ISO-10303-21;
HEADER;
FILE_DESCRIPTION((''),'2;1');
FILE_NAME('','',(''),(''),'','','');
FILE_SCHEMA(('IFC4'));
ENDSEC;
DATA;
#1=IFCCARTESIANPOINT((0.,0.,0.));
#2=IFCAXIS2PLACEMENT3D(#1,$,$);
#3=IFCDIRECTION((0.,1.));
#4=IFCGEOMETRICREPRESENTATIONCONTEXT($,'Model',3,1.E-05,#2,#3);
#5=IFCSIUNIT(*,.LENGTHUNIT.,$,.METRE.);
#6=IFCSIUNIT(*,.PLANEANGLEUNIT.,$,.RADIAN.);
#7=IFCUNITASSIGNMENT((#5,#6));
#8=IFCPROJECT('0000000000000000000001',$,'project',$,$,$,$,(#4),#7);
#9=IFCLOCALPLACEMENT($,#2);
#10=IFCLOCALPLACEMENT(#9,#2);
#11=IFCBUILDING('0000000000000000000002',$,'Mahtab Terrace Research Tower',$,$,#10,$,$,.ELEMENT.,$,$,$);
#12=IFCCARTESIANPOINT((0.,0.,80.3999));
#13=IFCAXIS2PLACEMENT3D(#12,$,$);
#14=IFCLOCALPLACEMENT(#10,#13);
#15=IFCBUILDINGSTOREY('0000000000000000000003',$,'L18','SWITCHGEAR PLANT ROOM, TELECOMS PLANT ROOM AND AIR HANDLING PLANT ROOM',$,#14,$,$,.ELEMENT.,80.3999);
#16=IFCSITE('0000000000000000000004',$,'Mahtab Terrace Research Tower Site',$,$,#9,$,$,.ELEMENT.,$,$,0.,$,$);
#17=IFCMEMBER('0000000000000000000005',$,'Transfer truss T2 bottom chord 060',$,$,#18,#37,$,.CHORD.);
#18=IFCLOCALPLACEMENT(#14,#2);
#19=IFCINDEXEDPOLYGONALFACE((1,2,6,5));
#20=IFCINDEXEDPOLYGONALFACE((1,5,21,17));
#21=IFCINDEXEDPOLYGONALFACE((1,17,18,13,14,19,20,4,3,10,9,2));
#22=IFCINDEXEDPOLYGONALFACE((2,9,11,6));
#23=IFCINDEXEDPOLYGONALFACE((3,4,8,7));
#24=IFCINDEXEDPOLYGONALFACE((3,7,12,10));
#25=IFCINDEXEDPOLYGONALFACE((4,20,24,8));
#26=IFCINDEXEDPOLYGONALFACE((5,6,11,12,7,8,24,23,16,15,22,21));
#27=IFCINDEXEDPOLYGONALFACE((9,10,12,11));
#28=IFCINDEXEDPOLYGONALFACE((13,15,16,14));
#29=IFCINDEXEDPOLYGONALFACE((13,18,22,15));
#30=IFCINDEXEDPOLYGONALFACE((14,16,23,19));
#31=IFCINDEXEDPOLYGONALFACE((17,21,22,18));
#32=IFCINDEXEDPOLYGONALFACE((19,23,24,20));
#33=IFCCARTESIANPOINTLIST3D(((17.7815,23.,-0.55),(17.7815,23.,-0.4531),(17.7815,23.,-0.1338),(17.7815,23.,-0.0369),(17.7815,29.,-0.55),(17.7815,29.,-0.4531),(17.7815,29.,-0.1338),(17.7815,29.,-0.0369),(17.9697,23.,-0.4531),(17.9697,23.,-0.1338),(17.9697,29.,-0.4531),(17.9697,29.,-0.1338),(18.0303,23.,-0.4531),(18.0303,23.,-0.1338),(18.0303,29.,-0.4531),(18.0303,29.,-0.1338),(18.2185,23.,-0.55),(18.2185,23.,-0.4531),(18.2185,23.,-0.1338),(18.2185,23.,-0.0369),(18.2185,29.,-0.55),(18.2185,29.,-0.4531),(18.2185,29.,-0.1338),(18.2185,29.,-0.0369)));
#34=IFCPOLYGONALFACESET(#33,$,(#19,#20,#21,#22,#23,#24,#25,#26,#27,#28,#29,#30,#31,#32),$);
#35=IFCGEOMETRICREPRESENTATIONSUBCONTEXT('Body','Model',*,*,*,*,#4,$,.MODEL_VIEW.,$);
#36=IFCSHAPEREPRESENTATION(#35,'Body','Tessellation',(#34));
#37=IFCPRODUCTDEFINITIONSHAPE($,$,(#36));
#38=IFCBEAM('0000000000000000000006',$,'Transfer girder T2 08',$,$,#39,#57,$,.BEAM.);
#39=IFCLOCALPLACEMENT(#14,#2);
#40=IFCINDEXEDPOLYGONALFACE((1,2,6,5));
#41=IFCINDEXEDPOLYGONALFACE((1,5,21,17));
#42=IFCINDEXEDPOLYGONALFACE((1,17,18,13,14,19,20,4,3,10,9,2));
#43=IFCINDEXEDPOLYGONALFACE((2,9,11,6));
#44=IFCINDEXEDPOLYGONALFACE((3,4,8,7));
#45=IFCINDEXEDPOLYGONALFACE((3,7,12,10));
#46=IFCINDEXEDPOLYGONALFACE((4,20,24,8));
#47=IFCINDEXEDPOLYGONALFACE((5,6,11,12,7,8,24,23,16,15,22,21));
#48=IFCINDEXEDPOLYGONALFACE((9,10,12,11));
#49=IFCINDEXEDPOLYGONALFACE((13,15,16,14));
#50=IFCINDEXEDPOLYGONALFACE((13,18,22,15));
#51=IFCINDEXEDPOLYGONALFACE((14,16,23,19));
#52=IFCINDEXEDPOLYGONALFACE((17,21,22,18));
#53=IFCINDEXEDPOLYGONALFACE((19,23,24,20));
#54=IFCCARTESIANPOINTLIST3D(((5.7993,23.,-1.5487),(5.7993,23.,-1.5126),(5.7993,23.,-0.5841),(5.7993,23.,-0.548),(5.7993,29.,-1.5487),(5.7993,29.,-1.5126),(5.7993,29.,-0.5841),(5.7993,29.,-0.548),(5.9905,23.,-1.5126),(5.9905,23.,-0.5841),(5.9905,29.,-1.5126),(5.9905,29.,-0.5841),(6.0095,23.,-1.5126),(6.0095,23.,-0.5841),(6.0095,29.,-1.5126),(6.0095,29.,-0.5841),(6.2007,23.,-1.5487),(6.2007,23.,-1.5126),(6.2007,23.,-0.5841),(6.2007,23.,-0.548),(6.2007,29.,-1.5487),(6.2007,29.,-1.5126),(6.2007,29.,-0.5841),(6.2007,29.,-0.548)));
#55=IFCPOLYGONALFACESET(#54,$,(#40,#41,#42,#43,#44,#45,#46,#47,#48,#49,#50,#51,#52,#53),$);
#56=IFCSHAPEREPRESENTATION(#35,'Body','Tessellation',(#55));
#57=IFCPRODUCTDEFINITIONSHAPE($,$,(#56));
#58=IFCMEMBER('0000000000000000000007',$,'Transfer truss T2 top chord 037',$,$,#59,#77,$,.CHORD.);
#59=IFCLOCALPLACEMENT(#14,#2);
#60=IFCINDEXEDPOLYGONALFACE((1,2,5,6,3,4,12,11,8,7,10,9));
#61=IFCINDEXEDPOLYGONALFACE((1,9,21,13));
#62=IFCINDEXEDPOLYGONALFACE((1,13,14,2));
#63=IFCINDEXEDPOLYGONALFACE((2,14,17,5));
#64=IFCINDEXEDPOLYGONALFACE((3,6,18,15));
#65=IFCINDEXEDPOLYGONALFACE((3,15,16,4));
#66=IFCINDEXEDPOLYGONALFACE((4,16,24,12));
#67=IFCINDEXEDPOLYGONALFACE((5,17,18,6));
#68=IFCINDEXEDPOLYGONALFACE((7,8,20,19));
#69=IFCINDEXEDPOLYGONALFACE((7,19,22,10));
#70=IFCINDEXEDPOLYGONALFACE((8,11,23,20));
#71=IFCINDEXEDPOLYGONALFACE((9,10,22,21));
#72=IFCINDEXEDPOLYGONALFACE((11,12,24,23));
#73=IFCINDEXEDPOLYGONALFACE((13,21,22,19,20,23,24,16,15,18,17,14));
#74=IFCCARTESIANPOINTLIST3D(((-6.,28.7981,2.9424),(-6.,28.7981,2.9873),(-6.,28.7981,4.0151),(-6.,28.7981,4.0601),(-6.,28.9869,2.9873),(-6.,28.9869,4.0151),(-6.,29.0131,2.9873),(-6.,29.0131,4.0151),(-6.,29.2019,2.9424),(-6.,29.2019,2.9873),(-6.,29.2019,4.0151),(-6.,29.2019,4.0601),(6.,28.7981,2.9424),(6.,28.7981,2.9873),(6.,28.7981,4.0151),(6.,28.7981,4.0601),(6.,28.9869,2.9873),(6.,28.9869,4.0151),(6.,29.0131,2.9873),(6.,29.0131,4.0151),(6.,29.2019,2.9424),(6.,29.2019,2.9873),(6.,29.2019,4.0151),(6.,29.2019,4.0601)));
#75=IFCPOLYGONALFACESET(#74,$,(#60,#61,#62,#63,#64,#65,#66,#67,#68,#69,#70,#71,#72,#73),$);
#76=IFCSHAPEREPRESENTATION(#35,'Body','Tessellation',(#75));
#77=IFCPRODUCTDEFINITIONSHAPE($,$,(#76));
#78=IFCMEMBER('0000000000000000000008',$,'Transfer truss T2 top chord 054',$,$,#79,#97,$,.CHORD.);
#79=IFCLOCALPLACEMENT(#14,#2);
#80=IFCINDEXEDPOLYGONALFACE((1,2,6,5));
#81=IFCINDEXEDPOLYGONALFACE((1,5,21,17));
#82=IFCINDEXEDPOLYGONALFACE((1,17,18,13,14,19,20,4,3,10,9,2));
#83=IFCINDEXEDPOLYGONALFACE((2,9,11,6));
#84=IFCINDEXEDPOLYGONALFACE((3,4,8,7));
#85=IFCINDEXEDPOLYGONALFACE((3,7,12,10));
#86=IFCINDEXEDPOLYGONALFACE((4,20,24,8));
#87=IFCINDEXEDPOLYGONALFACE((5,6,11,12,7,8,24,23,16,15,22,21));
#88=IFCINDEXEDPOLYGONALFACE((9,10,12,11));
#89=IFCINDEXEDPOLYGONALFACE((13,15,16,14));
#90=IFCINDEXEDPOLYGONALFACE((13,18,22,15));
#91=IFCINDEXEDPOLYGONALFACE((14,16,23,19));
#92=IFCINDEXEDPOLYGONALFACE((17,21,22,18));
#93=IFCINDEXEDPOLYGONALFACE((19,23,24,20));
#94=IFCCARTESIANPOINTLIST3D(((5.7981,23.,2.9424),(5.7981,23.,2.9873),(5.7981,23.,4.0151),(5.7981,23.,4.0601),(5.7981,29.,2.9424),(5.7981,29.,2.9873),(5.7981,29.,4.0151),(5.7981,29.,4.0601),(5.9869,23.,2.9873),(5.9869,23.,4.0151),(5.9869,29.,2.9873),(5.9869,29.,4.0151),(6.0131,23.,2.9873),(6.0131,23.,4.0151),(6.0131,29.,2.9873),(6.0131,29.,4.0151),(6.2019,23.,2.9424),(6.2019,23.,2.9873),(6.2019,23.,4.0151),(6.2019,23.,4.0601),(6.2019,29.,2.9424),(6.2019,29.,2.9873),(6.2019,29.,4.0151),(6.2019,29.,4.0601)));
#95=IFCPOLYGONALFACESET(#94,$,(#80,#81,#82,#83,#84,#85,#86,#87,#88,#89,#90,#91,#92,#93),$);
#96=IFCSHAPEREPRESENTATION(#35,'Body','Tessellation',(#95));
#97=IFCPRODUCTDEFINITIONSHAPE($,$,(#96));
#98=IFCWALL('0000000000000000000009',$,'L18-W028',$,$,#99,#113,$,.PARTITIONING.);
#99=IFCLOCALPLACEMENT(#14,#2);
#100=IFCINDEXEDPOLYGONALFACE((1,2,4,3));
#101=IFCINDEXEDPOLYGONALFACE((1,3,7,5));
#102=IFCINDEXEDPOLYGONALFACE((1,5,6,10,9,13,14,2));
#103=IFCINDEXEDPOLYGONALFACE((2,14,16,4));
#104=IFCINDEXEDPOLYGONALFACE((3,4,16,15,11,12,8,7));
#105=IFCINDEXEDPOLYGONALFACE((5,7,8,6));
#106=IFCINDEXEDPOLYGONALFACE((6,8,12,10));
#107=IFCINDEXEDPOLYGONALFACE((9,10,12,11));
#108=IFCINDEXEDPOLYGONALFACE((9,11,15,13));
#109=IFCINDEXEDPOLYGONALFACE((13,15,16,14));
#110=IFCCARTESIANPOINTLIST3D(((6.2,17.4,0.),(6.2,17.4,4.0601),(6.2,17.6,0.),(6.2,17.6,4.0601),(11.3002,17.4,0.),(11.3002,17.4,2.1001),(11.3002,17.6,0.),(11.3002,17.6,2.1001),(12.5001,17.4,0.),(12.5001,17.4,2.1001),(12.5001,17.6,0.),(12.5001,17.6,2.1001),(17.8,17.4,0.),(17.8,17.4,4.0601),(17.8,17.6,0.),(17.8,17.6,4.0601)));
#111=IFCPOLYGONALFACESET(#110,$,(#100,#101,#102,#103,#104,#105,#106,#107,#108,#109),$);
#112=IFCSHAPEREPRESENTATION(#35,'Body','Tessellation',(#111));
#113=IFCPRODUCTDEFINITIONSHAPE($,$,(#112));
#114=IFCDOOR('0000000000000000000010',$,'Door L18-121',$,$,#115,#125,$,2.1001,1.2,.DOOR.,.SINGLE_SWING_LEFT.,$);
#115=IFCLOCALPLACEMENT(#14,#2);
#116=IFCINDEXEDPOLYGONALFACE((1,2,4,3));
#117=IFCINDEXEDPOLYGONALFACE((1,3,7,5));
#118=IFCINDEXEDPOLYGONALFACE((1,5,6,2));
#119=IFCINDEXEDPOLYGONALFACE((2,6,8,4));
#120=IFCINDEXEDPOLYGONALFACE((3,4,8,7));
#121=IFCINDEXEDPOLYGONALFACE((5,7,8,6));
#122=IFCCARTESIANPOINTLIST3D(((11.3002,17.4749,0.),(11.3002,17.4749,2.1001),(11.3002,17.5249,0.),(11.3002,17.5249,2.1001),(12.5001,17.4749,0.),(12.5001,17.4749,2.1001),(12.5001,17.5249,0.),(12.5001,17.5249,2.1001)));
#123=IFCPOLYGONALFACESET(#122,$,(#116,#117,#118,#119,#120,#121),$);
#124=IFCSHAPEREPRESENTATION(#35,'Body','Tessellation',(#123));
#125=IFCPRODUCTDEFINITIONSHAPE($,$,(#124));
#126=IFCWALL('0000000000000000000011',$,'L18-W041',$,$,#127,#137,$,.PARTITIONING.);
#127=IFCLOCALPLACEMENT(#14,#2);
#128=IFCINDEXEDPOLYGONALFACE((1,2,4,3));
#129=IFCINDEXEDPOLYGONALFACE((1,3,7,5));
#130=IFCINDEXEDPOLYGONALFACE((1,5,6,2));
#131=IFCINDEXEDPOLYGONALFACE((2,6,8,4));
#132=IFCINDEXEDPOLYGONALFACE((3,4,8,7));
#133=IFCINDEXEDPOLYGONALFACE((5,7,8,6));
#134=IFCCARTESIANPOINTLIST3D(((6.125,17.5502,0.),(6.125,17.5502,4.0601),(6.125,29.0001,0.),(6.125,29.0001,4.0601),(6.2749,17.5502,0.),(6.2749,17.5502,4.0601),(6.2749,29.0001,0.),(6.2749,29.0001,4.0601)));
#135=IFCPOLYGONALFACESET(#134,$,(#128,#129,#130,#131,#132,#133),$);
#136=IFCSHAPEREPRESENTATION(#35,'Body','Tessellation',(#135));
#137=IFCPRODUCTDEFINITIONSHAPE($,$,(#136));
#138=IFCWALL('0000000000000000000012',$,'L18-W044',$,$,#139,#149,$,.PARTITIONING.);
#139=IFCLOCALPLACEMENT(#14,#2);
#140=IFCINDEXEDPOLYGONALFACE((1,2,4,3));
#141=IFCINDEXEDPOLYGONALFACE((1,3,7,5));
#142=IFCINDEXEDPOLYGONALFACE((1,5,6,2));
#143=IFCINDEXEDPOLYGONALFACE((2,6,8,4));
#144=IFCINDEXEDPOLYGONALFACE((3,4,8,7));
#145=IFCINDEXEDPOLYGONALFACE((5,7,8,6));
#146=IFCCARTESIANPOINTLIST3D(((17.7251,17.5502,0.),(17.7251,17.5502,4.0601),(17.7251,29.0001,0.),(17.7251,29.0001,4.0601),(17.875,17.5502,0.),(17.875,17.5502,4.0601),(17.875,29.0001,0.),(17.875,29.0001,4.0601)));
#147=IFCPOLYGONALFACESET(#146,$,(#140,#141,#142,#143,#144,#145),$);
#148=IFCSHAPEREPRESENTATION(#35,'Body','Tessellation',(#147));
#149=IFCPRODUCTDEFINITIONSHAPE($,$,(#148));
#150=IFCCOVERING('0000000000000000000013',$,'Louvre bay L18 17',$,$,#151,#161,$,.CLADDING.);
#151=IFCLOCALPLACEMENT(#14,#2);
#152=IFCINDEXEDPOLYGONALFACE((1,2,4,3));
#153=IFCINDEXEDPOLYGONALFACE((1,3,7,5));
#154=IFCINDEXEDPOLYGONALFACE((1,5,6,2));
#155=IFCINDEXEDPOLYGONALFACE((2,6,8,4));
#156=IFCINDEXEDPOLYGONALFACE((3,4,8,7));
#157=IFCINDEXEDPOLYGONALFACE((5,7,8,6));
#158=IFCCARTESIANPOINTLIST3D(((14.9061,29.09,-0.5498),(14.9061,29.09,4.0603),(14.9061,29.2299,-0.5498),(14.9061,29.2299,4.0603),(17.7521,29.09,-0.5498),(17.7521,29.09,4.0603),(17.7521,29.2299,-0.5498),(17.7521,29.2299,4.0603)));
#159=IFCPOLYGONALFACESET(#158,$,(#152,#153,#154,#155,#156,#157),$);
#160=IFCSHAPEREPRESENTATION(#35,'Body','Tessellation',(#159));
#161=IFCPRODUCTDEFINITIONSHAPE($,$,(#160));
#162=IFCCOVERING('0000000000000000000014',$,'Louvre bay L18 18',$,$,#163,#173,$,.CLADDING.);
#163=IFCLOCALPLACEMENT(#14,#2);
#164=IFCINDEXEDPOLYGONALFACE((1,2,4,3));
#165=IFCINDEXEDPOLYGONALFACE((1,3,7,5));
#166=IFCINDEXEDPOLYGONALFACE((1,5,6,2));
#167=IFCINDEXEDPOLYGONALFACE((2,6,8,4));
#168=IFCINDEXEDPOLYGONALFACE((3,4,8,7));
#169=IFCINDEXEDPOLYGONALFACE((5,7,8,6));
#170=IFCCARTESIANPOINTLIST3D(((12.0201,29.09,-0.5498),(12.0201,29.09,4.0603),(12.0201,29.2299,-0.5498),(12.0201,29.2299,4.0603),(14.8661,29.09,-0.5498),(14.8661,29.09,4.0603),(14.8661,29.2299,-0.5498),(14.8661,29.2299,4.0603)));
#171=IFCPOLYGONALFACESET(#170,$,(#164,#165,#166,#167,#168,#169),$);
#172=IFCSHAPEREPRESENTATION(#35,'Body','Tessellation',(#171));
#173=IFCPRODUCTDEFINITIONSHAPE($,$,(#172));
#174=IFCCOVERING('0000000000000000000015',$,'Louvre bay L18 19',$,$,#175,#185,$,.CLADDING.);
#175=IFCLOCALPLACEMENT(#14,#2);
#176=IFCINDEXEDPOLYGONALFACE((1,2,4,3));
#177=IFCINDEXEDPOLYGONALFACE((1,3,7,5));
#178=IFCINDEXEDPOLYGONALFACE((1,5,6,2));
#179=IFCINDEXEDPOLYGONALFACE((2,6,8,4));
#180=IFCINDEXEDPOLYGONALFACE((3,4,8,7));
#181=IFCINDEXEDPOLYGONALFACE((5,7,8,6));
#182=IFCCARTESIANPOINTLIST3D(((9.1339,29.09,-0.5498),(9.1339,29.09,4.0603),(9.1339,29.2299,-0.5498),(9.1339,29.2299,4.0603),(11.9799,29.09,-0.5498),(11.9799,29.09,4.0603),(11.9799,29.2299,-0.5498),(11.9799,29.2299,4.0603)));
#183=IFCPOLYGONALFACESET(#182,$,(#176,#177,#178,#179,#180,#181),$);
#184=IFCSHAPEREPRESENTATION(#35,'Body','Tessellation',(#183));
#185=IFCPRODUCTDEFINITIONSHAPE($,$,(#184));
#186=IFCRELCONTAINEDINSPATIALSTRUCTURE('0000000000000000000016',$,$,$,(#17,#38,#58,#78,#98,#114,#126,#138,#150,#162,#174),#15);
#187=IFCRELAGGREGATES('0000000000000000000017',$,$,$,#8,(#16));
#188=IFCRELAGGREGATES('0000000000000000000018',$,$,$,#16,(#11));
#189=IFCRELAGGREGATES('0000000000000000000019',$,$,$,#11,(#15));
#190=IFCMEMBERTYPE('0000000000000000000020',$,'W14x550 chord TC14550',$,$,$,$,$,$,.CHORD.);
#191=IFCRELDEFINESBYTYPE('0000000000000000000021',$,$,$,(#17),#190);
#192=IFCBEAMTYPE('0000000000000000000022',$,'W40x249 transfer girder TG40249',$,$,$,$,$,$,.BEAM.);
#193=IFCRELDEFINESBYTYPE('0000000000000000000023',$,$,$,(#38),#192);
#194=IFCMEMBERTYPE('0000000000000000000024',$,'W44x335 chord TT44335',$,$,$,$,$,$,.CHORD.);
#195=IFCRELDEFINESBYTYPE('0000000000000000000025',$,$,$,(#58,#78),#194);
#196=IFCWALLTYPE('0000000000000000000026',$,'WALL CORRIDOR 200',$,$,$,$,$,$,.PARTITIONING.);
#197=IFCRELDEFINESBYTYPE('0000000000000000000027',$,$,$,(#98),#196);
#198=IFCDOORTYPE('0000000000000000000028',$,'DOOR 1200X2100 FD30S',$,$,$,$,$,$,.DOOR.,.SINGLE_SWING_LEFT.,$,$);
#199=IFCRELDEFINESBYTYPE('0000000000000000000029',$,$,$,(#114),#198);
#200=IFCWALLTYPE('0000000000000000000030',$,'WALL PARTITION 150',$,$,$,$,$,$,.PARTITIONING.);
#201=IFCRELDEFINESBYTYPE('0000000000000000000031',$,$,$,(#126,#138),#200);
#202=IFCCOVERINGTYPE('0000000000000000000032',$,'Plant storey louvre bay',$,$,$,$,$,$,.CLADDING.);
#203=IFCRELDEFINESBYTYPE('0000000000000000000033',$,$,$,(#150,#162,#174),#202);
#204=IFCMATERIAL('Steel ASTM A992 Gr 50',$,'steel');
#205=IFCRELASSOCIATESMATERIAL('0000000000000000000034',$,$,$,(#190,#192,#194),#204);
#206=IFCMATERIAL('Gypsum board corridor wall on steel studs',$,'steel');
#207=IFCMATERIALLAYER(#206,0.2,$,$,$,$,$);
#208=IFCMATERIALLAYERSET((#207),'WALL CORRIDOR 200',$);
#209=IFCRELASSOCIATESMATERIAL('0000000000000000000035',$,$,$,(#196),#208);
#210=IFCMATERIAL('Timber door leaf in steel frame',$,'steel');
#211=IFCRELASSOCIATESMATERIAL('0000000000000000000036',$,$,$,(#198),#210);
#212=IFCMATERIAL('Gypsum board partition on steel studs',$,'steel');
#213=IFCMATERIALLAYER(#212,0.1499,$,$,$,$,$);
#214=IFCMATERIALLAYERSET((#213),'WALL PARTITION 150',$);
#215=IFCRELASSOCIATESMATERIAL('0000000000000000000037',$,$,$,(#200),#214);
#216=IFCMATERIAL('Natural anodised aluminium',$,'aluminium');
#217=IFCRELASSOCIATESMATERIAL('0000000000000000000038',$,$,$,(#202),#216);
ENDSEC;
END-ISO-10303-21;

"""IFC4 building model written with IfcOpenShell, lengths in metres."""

from ifc_helpers import new_model, si_unit, direction, frame, frame_2d, origin, origin_2d, place, context, subcontext, project, spatial, rectangle, i_section, extrude, material, layer, layer_set, material_profile, profile_set, type_object, element, fill, save


model = new_model("IFC4")

# Units and contexts
model_context = context("Model", 3, precision=1e-05, world=origin(), true_north=direction((0.0, 1.0)))
body_context = subcontext(model_context, "Body", "Model", "MODEL_VIEW")
ifc_project = project(units=[si_unit("LENGTHUNIT", "METRE"), si_unit("PLANEANGLEUNIT", "RADIAN")], contexts=[model_context])

# Site, building, storey
site_placement = place(None, origin())
site = spatial("IfcSite", under=ifc_project, at=site_placement, Name="Mahtab Terrace Research Tower Site", CompositionType="ELEMENT", RefElevation=0.0)
building_placement = place(site_placement, origin())
building = spatial("IfcBuilding", under=site, at=building_placement, Name="Mahtab Terrace Research Tower", CompositionType="ELEMENT")
storey_placement = place(building_placement, frame((0.0, 0.0, 80.3999)))
storey = spatial("IfcBuildingStorey", under=building, at=storey_placement, Name="L18", Description="SWITCHGEAR PLANT ROOM, TELECOMS PLANT ROOM AND AIR HANDLING PLANT ROOM", CompositionType="ELEMENT", Elevation=80.3999)

# Member
ifc_material_1 = material(Name="Steel ASTM A992 Gr 50", Category="steel")
ifc_material_profile_1 = material_profile(ifc_material_1, i_section(OverallWidth=0.437, OverallDepth=0.5132, WebThickness=0.0605, FlangeThickness=0.0969, at=origin_2d()), Name="W14X550")
ifc_profile_set_1 = profile_set([ifc_material_profile_1], Name="Steel ASTM A992 Gr 50")
member_type_1 = type_object("IfcMemberType", Name="W14x550 chord TC14550", PredefinedType="CHORD", material=ifc_profile_set_1)
member_1_placement = place(storey_placement, frame((18.0, 23.0, -0.2935), z_axis=(0.0, 1.0, 0.0), x_axis=(-1.0, 0.0, 0.0)))
element("IfcMember", 1, at=member_1_placement, inside=storey, type_object=member_type_1, Name="Transfer truss T2 bottom chord 060", PredefinedType="CHORD", context=body_context, shape_type="SweptSolid", body=[
    extrude(i_section(OverallWidth=0.437, OverallDepth=0.5132, WebThickness=0.0605, FlangeThickness=0.0969, at=origin_2d()), origin(), (0.0, 0.0, 1.0), 6.0),
])

# Beam
ifc_material_profile_2 = material_profile(ifc_material_1, i_section(OverallWidth=0.4014, OverallDepth=1.0007, WebThickness=0.019, FlangeThickness=0.0361, at=origin_2d()), Name="W40X249")
ifc_profile_set_2 = profile_set([ifc_material_profile_2], Name="Steel ASTM A992 Gr 50")
beam_type = type_object("IfcBeamType", Name="W40x249 transfer girder TG40249", PredefinedType="BEAM", material=ifc_profile_set_2)
beam_placement = place(storey_placement, frame((6.0, 23.0, -1.0483), z_axis=(0.0, 1.0, 0.0), x_axis=(-1.0, 0.0, 0.0)))
element("IfcBeam", 2, at=beam_placement, inside=storey, type_object=beam_type, Name="Transfer girder T2 08", PredefinedType="BEAM", context=body_context, shape_type="SweptSolid", body=[
    extrude(i_section(OverallWidth=0.4014, OverallDepth=1.0007, WebThickness=0.019, FlangeThickness=0.0361, at=origin_2d()), origin(), (0.0, 0.0, 1.0), 6.0),
])

# Members
ifc_material_profile_3 = material_profile(ifc_material_1, i_section(OverallWidth=0.4038, OverallDepth=1.1177, WebThickness=0.0261, FlangeThickness=0.0449, at=origin_2d()), Name="W44X335")
ifc_profile_set_3 = profile_set([ifc_material_profile_3], Name="Steel ASTM A992 Gr 50")
member_type_2 = type_object("IfcMemberType", Name="W44x335 chord TT44335", PredefinedType="CHORD", material=ifc_profile_set_3)
member_2_placement = place(storey_placement, frame((6.0, 29.0, 3.5012), z_axis=(-1.0, 0.0, 0.0), x_axis=(0.0, -1.0, 0.0)))
element("IfcMember", 3, at=member_2_placement, inside=storey, type_object=member_type_2, Name="Transfer truss T2 top chord 037", PredefinedType="CHORD", context=body_context, shape_type="SweptSolid", body=[
    extrude(i_section(OverallWidth=0.4038, OverallDepth=1.1177, WebThickness=0.0261, FlangeThickness=0.0449, at=origin_2d()), origin(), (0.0, 0.0, 1.0), 12.0),
])
member_3_placement = place(storey_placement, frame((6.0, 23.0, 3.5012), z_axis=(0.0, 1.0, 0.0), x_axis=(-1.0, 0.0, 0.0)))
element("IfcMember", 4, at=member_3_placement, inside=storey, type_object=member_type_2, Name="Transfer truss T2 top chord 054", PredefinedType="CHORD", context=body_context, shape_type="SweptSolid", body=[
    extrude(i_section(OverallWidth=0.4038, OverallDepth=1.1177, WebThickness=0.0261, FlangeThickness=0.0449, at=origin_2d()), origin(), (0.0, 0.0, 1.0), 6.0),
])

# Wall, opening, door
ifc_material_2 = material(Name="Gypsum board corridor wall on steel studs", Category="steel")
ifc_layer_1 = layer(ifc_material_2, 0.2)
ifc_layer_set_1 = layer_set([ifc_layer_1], Name="WALL CORRIDOR 200")
wall_type_1 = type_object("IfcWallType", Name="WALL CORRIDOR 200", PredefinedType="PARTITIONING", material=ifc_layer_set_1)
wall_placement = place(storey_placement, frame((6.2, 17.5, 0.0), z_axis=(0.0, 0.0, 1.0), x_axis=(1.0, 0.0, 0.0)))
wall = element("IfcWall", 5, at=wall_placement, inside=storey, type_object=wall_type_1, Name="L18-W028", PredefinedType="PARTITIONING", context=body_context, shape_type="SweptSolid", body=[
    extrude(rectangle(XDim=11.6001, YDim=0.2, at=frame_2d((5.8, 0.0))), origin(), (0.0, 0.0, 1.0), 4.0601),
])
opening_placement = place(wall_placement, frame((5.1001, 0.0, 0.0)))
opening = element("IfcOpeningElement", 6, at=opening_placement, cuts=wall, PredefinedType="OPENING", context=body_context, shape_type="SweptSolid", body=[
    extrude(rectangle(XDim=1.2, YDim=2.1001, at=frame_2d((0.6001, 1.05))), frame((0.0, 0.1099, 0.0), z_axis=(0.0, -1.0, 0.0), x_axis=(1.0, 0.0, 0.0)), (0.0, 0.0, 1.0), 0.22),
])
ifc_material_3 = material(Name="Timber door leaf in steel frame", Category="steel")
door_type = type_object("IfcDoorType", Name="DOOR 1200X2100 FD30S", OperationType="SINGLE_SWING_LEFT", PredefinedType="DOOR", material=ifc_material_3)
door_placement = place(opening_placement, origin())
door = element("IfcDoor", 7, at=door_placement, inside=storey, type_object=door_type, Name="Door L18-121", OperationType="SINGLE_SWING_LEFT", OverallHeight=2.1001, OverallWidth=1.2, PredefinedType="DOOR", context=body_context, shape_type="SweptSolid", body=[
    extrude(rectangle(XDim=1.2, YDim=2.1001, at=frame_2d((0.6001, 1.05))), frame((0.0, 0.0249, 0.0), z_axis=(0.0, -1.0, 0.0), x_axis=(1.0, 0.0, 0.0)), (0.0, 0.0, 1.0), 0.05),
])
fill(opening, door)

# Walls
ifc_material_4 = material(Name="Gypsum board partition on steel studs", Category="steel")
ifc_layer_2 = layer(ifc_material_4, 0.1499)
ifc_layer_set_2 = layer_set([ifc_layer_2], Name="WALL PARTITION 150")
wall_type_2 = type_object("IfcWallType", Name="WALL PARTITION 150", PredefinedType="PARTITIONING", material=ifc_layer_set_2)
for number, where, z_axis, x_axis, name in (
    (8, (6.2, 17.55, 0.0), (0.0, 0.0, 1.0), (0.0, 1.0, 0.0), "L18-W041"),
    (9, (17.8, 17.55, 0.0), (0.0, 0.0, 1.0), (0.0, 1.0, 0.0), "L18-W044"),
):
    element("IfcWall", number, at=place(storey_placement, frame(where, z_axis=z_axis, x_axis=x_axis)), inside=storey, type_object=wall_type_2, Name=name, PredefinedType="PARTITIONING", context=body_context, shape_type="SweptSolid", body=[
        extrude(rectangle(XDim=11.45, YDim=0.1499, at=frame_2d((5.7251, 0.0))), origin(), (0.0, 0.0, 1.0), 4.0601),
    ])

# Coverings
ifc_material_5 = material(Name="Natural anodised aluminium", Category="aluminium")
covering_type = type_object("IfcCoveringType", Name="Plant storey louvre bay", PredefinedType="CLADDING", material=ifc_material_5)
for number, where, z_axis, x_axis, name in (
    (10, (16.3291, 29.1599, -0.5498), (0.0, 0.0, 1.0), (-1.0, 0.0, 0.0), "Louvre bay L18 17"),
    (11, (13.4431, 29.1599, -0.5498), (0.0, 0.0, 1.0), (-1.0, 0.0, 0.0), "Louvre bay L18 18"),
    (12, (10.5569, 29.1599, -0.5498), (0.0, 0.0, 1.0), (-1.0, 0.0, 0.0), "Louvre bay L18 19"),
):
    element("IfcCovering", number, at=place(storey_placement, frame(where, z_axis=z_axis, x_axis=x_axis)), inside=storey, type_object=covering_type, Name=name, PredefinedType="CLADDING", context=body_context, shape_type="SweptSolid", body=[
        extrude(rectangle(XDim=2.8459, YDim=0.1399, at=origin_2d()), origin(), (0.0, 0.0, 1.0), 4.6101),
    ])

save(model, "model.ifc")
